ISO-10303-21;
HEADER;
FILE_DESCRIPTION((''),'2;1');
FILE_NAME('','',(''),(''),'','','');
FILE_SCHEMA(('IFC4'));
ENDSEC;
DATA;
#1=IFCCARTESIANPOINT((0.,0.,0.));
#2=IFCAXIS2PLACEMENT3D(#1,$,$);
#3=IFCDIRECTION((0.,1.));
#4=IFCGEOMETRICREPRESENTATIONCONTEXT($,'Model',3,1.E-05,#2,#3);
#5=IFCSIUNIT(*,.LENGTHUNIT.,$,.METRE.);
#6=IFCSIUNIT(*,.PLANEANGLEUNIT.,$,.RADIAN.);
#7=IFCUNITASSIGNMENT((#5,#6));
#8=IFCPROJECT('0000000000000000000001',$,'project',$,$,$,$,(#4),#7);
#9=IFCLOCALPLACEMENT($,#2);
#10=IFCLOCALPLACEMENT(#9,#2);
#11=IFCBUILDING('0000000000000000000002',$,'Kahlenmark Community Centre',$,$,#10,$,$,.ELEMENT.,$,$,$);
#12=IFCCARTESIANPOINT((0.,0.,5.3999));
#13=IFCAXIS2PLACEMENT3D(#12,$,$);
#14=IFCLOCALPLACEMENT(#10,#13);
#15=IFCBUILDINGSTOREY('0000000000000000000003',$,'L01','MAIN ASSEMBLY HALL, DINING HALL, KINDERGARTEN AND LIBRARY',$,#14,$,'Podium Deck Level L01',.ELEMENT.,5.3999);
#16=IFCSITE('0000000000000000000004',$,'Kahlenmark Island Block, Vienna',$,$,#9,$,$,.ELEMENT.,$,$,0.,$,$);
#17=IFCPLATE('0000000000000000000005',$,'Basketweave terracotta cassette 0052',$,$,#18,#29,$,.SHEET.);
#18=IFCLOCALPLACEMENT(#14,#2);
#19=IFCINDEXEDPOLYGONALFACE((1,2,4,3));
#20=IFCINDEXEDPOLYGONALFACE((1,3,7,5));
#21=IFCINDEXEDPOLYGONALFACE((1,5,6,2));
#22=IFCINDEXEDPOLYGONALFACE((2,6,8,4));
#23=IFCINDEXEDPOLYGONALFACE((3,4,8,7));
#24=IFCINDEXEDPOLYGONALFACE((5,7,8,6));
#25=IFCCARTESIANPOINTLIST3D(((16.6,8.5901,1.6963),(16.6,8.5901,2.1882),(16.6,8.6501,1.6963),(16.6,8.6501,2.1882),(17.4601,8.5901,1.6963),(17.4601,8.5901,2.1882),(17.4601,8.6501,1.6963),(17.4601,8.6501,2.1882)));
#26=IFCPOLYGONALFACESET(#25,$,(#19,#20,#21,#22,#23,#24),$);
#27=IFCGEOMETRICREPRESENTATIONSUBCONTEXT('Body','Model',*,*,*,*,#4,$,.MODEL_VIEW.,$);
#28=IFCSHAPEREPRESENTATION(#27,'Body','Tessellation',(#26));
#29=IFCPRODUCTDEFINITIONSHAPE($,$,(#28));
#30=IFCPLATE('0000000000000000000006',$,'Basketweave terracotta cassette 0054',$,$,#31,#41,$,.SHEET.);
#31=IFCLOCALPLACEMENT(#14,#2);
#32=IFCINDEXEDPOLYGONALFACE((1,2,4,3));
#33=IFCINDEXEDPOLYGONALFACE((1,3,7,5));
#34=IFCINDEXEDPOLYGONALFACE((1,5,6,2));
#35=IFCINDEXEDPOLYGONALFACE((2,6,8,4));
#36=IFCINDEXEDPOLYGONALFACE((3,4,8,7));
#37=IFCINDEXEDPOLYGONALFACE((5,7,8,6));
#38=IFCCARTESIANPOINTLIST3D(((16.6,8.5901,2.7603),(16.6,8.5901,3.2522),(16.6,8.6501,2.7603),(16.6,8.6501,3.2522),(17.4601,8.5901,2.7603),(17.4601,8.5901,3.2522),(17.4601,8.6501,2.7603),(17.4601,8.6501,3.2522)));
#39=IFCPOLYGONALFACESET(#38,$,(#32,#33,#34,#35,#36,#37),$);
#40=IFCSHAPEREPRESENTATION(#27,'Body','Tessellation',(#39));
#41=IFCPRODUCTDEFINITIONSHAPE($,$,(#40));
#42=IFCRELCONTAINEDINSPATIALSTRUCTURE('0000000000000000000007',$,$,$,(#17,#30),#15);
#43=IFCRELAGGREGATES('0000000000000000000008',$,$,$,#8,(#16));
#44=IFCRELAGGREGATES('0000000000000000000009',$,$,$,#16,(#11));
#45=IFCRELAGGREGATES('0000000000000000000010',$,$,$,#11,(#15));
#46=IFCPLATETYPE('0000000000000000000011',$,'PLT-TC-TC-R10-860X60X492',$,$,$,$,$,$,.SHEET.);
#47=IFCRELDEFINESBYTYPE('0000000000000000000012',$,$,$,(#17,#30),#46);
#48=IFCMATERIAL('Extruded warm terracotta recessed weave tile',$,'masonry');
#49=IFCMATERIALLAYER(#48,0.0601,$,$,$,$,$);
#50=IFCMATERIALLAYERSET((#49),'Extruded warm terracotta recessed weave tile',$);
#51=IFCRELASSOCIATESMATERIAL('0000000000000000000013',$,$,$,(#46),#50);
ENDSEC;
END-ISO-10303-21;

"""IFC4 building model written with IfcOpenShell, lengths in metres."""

from ifc_helpers import new_model, si_unit, direction, frame, origin, origin_2d, place, context, subcontext, project, spatial, rectangle, extrude, material, layer, layer_set, type_object, element, save


model = new_model("IFC4")

# Units and contexts
model_context = context("Model", 3, precision=1e-05, world=origin(), true_north=direction((0.0, 1.0)))
body_context = subcontext(model_context, "Body", "Model", "MODEL_VIEW")
ifc_project = project(units=[si_unit("LENGTHUNIT", "METRE"), si_unit("PLANEANGLEUNIT", "RADIAN")], contexts=[model_context])

# Site, building, storey
site_placement = place(None, origin())
site = spatial("IfcSite", under=ifc_project, at=site_placement, Name="Kahlenmark Island Block, Vienna", CompositionType="ELEMENT", RefElevation=0.0)
building_placement = place(site_placement, origin())
building = spatial("IfcBuilding", under=site, at=building_placement, Name="Kahlenmark Community Centre", CompositionType="ELEMENT")
storey_placement = place(building_placement, frame((0.0, 0.0, 5.3999)))
storey = spatial("IfcBuildingStorey", under=building, at=storey_placement, Name="L01", Description="MAIN ASSEMBLY HALL, DINING HALL, KINDERGARTEN AND LIBRARY", LongName="Podium Deck Level L01", CompositionType="ELEMENT", Elevation=5.3999)

# Plates
ifc_material = material(Name="Extruded warm terracotta recessed weave tile", Category="masonry")
ifc_layer_1 = layer(ifc_material, 0.0601)
ifc_layer_set_1 = layer_set([ifc_layer_1], Name="Extruded warm terracotta recessed weave tile")
plate_type_1 = type_object("IfcPlateType", Name="PLT-TC-TC-R10-860X60X492", PredefinedType="SHEET", material=ifc_layer_set_1)
for number, where, z_axis, x_axis, name in (
    (1, (17.03, 8.6201, 1.6963), (0.0, 0.0, 1.0), (1.0, 0.0, 0.0), "Basketweave terracotta cassette 0052"),
    (2, (17.03, 8.6201, 2.7603), (0.0, 0.0, 1.0), (1.0, 0.0, 0.0), "Basketweave terracotta cassette 0054"),
):
    element("IfcPlate", number, at=place(storey_placement, frame(where, z_axis=z_axis, x_axis=x_axis)), inside=storey, type_object=plate_type_1, Name=name, PredefinedType="SHEET", context=body_context, shape_type="SweptSolid", body=[
        extrude(rectangle(XDim=0.8601, YDim=0.0601, at=origin_2d()), origin(), (0.0, 0.0, 1.0), 0.4919),
    ])

save(model, "model.ifc")
